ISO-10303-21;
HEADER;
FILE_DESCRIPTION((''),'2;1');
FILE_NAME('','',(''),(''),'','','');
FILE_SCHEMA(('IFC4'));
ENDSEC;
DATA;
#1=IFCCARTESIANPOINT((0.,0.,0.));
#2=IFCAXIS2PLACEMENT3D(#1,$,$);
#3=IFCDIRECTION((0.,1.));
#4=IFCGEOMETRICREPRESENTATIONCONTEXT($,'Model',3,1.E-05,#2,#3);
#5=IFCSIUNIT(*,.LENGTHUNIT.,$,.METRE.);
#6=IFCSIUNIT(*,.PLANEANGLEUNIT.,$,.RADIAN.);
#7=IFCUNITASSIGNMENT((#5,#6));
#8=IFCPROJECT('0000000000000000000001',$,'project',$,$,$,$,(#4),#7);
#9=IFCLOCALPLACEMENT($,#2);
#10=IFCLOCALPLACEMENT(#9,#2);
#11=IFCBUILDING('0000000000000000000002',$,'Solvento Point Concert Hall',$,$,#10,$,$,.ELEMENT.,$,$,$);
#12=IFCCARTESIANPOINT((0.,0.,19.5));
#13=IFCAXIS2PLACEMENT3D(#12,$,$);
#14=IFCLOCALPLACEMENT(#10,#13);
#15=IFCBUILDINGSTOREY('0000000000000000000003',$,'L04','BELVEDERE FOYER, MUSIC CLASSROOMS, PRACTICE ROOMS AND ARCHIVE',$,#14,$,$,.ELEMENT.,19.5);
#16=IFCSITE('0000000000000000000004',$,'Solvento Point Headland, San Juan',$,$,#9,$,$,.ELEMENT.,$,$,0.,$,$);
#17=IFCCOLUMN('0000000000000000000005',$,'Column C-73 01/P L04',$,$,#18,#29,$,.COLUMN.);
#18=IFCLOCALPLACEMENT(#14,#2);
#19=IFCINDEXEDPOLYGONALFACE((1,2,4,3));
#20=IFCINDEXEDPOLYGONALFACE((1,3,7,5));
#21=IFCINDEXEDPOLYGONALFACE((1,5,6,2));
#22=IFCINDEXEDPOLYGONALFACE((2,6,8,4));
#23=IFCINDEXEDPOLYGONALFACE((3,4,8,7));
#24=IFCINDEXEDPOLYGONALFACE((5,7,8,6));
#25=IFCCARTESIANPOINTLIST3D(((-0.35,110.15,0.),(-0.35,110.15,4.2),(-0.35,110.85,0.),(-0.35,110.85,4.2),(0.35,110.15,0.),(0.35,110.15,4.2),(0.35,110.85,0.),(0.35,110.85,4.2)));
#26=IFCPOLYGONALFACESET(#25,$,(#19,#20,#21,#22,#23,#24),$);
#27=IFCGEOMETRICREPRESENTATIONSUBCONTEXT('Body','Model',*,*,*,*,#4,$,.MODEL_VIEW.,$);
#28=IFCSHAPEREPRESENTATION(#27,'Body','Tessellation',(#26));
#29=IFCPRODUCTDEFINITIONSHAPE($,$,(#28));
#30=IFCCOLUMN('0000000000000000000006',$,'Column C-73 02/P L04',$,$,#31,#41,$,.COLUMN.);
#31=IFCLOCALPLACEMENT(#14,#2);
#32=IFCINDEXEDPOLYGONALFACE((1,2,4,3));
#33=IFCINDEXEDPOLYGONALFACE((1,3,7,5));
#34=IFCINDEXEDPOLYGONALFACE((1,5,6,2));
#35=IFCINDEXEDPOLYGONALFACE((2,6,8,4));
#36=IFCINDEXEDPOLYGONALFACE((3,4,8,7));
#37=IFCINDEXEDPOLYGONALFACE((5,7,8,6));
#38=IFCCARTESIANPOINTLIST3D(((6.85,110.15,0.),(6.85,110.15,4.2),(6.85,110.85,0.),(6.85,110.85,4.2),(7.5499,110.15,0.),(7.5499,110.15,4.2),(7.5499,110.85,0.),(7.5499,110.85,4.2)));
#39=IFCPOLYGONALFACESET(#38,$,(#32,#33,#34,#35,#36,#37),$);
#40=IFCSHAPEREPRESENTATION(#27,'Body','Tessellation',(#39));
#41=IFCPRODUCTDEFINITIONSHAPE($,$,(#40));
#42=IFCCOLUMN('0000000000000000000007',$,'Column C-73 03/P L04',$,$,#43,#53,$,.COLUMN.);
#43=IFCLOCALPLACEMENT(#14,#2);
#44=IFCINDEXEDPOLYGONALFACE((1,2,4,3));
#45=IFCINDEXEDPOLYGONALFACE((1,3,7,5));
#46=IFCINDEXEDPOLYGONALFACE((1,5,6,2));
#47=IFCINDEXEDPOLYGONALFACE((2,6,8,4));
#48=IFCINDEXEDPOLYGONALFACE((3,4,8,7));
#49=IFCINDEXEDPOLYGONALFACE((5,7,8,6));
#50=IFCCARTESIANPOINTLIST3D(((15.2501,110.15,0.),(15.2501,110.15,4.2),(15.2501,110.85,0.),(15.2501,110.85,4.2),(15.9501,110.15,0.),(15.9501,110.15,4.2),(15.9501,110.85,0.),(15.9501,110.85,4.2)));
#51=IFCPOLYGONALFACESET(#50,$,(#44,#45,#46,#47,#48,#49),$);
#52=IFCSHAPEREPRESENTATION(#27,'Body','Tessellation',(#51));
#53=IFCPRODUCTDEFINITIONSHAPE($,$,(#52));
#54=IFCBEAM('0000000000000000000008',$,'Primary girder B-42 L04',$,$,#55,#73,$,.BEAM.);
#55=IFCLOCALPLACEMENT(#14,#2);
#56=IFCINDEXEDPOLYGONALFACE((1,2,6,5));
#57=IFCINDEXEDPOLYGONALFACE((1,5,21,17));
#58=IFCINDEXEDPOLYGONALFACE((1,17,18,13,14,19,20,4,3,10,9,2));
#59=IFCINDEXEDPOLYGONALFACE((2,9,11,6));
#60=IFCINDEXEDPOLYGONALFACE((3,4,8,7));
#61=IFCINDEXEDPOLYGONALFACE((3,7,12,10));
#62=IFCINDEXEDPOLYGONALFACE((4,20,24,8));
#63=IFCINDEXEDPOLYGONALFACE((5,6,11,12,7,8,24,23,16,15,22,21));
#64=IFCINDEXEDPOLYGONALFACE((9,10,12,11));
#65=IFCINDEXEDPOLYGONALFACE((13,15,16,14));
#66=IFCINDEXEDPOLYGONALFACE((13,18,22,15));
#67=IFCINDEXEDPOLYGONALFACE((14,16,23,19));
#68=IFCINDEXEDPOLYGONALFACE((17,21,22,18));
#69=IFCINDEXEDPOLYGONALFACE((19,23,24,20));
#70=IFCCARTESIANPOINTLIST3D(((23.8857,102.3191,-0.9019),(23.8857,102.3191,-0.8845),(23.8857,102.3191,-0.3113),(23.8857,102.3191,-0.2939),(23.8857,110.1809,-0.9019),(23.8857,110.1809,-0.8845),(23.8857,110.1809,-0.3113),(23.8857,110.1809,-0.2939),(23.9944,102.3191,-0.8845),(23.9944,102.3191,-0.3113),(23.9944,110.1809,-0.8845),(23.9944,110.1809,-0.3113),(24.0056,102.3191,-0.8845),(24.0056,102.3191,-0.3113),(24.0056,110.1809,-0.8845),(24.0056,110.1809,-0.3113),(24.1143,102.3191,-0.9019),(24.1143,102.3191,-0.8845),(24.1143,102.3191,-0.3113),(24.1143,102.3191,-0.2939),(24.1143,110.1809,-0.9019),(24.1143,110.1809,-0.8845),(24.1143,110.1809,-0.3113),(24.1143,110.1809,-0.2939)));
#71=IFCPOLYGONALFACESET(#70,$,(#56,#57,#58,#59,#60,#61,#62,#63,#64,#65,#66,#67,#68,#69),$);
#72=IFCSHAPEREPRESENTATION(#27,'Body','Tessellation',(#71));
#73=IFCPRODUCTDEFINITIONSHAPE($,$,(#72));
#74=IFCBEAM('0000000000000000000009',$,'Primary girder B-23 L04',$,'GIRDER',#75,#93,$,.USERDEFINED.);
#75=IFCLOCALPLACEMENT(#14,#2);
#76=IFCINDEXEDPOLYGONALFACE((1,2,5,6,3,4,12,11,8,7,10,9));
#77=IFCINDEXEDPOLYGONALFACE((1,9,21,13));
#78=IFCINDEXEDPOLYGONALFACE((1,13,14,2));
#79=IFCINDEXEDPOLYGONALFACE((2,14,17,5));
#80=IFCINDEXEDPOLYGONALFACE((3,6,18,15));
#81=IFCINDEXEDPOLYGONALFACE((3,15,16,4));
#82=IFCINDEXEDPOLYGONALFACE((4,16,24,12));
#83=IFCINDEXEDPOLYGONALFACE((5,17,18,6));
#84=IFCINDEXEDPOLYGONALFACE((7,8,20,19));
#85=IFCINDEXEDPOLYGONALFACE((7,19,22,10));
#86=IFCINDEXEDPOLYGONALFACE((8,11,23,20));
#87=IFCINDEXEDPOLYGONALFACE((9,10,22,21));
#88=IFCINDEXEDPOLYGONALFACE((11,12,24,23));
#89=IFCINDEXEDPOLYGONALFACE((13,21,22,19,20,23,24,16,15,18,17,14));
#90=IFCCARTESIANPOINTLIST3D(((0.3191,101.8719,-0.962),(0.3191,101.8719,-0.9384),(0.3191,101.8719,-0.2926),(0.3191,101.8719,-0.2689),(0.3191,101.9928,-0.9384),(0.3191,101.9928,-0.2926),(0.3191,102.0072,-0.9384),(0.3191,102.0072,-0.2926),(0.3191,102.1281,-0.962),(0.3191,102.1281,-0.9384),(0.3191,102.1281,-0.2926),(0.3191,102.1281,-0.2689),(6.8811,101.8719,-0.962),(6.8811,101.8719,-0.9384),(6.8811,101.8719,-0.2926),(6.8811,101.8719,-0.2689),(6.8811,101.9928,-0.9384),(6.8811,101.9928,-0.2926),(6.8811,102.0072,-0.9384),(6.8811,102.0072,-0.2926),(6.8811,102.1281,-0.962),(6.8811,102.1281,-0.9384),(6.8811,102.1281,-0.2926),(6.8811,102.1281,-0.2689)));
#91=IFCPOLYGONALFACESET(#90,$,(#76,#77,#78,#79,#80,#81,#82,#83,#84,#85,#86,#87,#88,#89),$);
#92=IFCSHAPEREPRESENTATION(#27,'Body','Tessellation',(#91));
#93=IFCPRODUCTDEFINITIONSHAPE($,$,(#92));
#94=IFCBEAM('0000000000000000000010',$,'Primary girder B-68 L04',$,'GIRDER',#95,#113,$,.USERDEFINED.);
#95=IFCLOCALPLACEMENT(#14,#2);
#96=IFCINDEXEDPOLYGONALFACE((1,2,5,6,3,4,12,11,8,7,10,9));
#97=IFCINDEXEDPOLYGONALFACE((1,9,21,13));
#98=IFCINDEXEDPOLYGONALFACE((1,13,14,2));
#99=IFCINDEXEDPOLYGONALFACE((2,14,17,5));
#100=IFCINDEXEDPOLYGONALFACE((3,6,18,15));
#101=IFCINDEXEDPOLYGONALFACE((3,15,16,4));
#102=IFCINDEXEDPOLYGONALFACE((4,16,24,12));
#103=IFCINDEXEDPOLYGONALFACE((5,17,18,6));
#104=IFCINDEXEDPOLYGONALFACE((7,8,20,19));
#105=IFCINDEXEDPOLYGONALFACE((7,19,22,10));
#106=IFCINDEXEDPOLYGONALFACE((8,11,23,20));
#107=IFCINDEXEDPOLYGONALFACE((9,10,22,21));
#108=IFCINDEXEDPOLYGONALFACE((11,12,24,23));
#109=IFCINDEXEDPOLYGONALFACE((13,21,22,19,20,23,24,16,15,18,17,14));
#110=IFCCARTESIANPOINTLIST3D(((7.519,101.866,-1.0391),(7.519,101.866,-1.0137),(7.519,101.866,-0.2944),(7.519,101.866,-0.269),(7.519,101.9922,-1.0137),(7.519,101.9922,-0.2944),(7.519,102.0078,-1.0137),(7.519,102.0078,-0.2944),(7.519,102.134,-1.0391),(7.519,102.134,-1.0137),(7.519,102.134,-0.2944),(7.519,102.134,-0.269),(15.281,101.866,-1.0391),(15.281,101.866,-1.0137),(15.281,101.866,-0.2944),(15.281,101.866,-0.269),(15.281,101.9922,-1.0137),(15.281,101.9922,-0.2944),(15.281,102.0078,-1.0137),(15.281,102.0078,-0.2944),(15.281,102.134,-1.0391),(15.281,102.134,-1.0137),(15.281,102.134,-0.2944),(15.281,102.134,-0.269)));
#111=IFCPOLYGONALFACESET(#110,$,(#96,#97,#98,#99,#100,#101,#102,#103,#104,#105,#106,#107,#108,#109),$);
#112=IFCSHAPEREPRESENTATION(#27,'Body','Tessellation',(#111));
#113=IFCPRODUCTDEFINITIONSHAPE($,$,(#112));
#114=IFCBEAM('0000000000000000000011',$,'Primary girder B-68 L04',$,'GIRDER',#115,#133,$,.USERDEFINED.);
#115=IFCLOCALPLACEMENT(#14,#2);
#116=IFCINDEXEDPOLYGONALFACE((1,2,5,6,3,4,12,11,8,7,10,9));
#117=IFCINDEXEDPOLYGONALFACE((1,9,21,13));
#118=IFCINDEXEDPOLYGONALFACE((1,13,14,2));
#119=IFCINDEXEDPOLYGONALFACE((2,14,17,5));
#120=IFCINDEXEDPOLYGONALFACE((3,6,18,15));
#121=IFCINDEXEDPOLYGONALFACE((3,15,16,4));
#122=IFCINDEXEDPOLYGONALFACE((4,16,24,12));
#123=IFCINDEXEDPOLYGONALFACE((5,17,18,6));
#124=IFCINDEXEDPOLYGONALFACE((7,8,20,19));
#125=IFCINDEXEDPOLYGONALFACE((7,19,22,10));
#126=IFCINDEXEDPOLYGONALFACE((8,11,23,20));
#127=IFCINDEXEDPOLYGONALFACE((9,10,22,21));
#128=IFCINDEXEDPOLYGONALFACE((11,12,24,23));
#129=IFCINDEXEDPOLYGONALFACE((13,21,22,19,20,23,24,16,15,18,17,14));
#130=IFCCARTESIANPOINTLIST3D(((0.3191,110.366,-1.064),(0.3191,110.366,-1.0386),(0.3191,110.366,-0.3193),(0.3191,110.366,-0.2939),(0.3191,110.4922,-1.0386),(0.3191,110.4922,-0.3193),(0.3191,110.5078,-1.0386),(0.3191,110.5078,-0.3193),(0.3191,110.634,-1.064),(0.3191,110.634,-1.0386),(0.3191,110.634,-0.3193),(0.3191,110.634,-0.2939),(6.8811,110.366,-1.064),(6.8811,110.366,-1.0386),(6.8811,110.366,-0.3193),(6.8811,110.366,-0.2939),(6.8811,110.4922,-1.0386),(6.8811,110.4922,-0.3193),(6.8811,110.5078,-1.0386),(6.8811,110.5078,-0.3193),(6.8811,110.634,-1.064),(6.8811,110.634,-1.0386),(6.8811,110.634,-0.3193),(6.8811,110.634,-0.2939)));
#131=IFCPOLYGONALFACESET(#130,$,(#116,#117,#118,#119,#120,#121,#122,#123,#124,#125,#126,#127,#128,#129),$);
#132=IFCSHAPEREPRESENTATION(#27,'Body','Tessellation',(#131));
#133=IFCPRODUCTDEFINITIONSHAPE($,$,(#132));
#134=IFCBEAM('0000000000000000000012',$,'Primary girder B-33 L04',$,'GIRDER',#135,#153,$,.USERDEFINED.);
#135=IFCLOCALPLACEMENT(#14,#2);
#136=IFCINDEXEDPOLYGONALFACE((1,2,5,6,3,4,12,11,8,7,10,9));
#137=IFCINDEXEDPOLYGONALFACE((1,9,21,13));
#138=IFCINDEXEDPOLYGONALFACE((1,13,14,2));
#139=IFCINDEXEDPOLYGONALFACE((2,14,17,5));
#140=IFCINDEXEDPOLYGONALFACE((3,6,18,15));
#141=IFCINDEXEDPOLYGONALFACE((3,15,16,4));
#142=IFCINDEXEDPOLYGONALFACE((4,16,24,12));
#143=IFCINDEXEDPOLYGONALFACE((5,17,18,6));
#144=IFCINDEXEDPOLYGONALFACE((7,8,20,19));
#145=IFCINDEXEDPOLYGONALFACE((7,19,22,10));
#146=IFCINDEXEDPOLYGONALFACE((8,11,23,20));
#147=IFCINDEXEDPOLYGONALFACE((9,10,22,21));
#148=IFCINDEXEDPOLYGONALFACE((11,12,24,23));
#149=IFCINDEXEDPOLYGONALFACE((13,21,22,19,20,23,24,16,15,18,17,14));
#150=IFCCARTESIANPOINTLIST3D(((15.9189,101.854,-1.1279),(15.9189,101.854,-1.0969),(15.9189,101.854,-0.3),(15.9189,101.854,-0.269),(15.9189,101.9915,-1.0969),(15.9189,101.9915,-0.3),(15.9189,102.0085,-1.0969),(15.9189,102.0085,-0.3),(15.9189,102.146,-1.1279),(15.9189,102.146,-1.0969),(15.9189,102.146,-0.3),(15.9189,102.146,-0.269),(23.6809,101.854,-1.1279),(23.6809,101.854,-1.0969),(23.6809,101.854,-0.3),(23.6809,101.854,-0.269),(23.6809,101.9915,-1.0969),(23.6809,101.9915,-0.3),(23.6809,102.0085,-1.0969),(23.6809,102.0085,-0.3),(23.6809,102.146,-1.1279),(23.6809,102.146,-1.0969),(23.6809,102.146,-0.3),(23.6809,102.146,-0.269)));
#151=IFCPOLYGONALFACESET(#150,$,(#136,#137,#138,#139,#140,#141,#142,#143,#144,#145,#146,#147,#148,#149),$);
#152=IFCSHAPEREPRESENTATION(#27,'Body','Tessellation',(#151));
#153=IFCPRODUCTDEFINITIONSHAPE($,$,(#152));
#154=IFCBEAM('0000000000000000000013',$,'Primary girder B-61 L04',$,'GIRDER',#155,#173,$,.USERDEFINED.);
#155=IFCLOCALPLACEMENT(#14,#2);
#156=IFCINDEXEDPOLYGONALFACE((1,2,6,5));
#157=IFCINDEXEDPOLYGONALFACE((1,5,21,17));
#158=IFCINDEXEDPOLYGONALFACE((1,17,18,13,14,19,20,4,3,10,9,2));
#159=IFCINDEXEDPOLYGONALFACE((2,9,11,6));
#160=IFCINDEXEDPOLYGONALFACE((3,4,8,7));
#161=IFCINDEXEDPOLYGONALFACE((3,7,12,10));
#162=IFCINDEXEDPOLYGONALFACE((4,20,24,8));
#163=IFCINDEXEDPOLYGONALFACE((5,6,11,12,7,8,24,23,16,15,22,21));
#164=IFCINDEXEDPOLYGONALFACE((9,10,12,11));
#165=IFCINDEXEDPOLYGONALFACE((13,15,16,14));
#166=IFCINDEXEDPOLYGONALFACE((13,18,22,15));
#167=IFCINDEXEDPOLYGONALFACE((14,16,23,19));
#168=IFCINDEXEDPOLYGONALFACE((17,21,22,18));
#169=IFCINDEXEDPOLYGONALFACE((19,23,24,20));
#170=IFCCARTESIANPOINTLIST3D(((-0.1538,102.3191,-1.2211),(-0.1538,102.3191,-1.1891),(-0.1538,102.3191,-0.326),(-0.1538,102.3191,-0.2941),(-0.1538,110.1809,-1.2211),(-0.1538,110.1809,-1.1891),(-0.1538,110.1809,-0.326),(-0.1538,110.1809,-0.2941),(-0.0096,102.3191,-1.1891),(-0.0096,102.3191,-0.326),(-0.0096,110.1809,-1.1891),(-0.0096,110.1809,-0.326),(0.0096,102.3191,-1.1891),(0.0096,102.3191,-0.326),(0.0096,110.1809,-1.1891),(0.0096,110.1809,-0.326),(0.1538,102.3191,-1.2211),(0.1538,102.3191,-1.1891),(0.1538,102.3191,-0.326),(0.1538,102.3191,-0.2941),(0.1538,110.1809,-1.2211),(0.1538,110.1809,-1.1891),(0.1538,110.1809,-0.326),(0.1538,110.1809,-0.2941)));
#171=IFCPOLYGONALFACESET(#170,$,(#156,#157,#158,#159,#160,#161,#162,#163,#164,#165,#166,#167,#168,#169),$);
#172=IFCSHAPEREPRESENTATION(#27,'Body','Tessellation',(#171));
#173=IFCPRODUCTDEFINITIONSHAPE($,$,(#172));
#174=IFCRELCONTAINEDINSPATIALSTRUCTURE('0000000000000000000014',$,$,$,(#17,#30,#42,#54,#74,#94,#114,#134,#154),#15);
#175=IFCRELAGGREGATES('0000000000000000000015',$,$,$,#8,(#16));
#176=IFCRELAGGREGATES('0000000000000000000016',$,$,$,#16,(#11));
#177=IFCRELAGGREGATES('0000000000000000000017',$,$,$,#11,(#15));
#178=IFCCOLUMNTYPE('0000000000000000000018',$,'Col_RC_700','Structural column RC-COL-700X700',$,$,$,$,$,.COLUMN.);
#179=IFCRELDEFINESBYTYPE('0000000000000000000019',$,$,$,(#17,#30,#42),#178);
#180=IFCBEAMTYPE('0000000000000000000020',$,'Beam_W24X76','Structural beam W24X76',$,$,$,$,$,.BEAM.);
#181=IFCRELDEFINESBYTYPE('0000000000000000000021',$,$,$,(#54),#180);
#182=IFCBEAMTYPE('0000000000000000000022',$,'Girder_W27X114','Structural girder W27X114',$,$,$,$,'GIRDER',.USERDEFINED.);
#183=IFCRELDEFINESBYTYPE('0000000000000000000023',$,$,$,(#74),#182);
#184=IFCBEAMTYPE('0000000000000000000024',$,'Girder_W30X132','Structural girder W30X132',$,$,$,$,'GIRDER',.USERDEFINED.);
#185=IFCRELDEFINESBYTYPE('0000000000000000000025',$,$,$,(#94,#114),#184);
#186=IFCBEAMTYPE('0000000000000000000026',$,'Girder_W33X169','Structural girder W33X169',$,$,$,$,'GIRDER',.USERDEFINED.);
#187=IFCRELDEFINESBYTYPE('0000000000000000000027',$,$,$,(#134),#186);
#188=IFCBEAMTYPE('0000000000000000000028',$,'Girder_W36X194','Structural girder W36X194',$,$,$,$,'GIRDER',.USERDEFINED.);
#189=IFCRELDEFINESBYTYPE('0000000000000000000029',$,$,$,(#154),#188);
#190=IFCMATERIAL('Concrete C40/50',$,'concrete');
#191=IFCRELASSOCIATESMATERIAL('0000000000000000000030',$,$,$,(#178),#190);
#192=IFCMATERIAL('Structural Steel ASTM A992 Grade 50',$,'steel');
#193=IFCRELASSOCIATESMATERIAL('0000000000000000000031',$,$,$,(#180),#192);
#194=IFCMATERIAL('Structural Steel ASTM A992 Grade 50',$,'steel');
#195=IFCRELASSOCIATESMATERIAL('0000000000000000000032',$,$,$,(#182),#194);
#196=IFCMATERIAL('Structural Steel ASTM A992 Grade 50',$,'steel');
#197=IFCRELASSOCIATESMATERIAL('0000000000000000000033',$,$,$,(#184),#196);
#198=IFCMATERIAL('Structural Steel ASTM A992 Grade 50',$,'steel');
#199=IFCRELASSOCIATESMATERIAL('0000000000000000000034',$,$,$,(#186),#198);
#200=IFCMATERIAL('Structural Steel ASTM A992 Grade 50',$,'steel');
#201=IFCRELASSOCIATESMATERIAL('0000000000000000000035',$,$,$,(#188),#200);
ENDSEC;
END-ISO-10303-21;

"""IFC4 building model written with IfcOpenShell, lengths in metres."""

from ifc_helpers import new_model, si_unit, direction, frame, origin, origin_2d, place, context, subcontext, project, spatial, rectangle, i_section, extrude, material, material_profile, profile_set, type_object, element, save


model = new_model("IFC4")

# Units and contexts
model_context = context("Model", 3, precision=1e-05, world=origin(), true_north=direction((0.0, 1.0)))
body_context = subcontext(model_context, "Body", "Model", "MODEL_VIEW")
ifc_project = project(units=[si_unit("LENGTHUNIT", "METRE"), si_unit("PLANEANGLEUNIT", "RADIAN")], contexts=[model_context])

# Site, building, storey
site_placement = place(None, origin())
site = spatial("IfcSite", under=ifc_project, at=site_placement, Name="Solvento Point Headland, San Juan", CompositionType="ELEMENT", RefElevation=0.0)
building_placement = place(site_placement, origin())
building = spatial("IfcBuilding", under=site, at=building_placement, Name="Solvento Point Concert Hall", CompositionType="ELEMENT")
storey_placement = place(building_placement, frame((0.0, 0.0, 19.5)))
storey = spatial("IfcBuildingStorey", under=building, at=storey_placement, Name="L04", Description="BELVEDERE FOYER, MUSIC CLASSROOMS, PRACTICE ROOMS AND ARCHIVE", CompositionType="ELEMENT", Elevation=19.5)

# Columns
ifc_material_1 = material(Name="Concrete C40/50", Category="concrete")
ifc_material_profile_1 = material_profile(ifc_material_1, rectangle(XDim=0.7, YDim=0.7, at=origin_2d()), Name="RC-COL-700X700")
ifc_profile_set_1 = profile_set([ifc_material_profile_1], Name="Concrete C40/50")
column_type = type_object("IfcColumnType", Name="Col_RC_700", Description="Structural column RC-COL-700X700", PredefinedType="COLUMN", material=ifc_profile_set_1)
for number, where, z_axis, x_axis, name in (
    (1, (0.0, 110.5, 0.0), (0.0, 0.0, 1.0), (1.0, 0.0, 0.0), "Column C-73 01/P L04"),
    (2, (7.2, 110.5, 0.0), (0.0, 0.0, 1.0), (1.0, 0.0, 0.0), "Column C-73 02/P L04"),
    (3, (15.6001, 110.5, 0.0), (0.0, 0.0, 1.0), (1.0, 0.0, 0.0), "Column C-73 03/P L04"),
):
    element("IfcColumn", number, at=place(storey_placement, frame(where, z_axis=z_axis, x_axis=x_axis)), inside=storey, type_object=column_type, Name=name, PredefinedType="COLUMN", context=body_context, shape_type="SweptSolid", body=[
        extrude(rectangle(XDim=0.7, YDim=0.7, at=origin_2d()), origin(), (0.0, 0.0, 1.0), 4.2),
    ])

# Beams
ifc_material_2 = material(Name="Structural Steel ASTM A992 Grade 50", Category="steel")
ifc_material_profile_2 = material_profile(ifc_material_2, i_section(OverallWidth=0.2285, OverallDepth=0.6079, WebThickness=0.0112, FlangeThickness=0.0173, at=origin_2d()), Name="W24X76")
ifc_profile_set_2 = profile_set([ifc_material_profile_2], Name="Structural Steel ASTM A992 Grade 50")
beam_type_1 = type_object("IfcBeamType", Name="Beam_W24X76", Description="Structural beam W24X76", PredefinedType="BEAM", material=ifc_profile_set_2)
beam_1_placement = place(storey_placement, frame((24.0, 102.3191, -0.5979), z_axis=(0.0, 1.0, 0.0), x_axis=(-1.0, 0.0, 0.0)))
element("IfcBeam", 4, at=beam_1_placement, inside=storey, type_object=beam_type_1, Name="Primary girder B-42 L04", PredefinedType="BEAM", context=body_context, shape_type="SweptSolid", body=[
    extrude(i_section(OverallWidth=0.2285, OverallDepth=0.6079, WebThickness=0.0112, FlangeThickness=0.0173, at=origin_2d()), origin(), (0.0, 0.0, 1.0), 7.8618),
])
ifc_material_3 = material(Name="Structural Steel ASTM A992 Grade 50", Category="steel")
ifc_material_profile_3 = material_profile(ifc_material_3, i_section(OverallWidth=0.2561, OverallDepth=0.6931, WebThickness=0.0144, FlangeThickness=0.0237, at=origin_2d()), Name="W27X114")
ifc_profile_set_3 = profile_set([ifc_material_profile_3], Name="Structural Steel ASTM A992 Grade 50")
beam_type_2 = type_object("IfcBeamType", Name="Girder_W27X114", Description="Structural girder W27X114", ElementType="GIRDER", PredefinedType="USERDEFINED", material=ifc_profile_set_3)
beam_2_placement = place(storey_placement, frame((0.3191, 102.0, -0.6155), z_axis=(1.0, 0.0, 0.0), x_axis=(0.0, 1.0, 0.0)))
element("IfcBeam", 5, at=beam_2_placement, inside=storey, type_object=beam_type_2, Name="Primary girder B-23 L04", ObjectType="GIRDER", PredefinedType="USERDEFINED", context=body_context, shape_type="SweptSolid", body=[
    extrude(i_section(OverallWidth=0.2561, OverallDepth=0.6931, WebThickness=0.0144, FlangeThickness=0.0237, at=origin_2d()), origin(), (0.0, 0.0, 1.0), 6.562),
])
ifc_material_4 = material(Name="Structural Steel ASTM A992 Grade 50", Category="steel")
ifc_material_profile_4 = material_profile(ifc_material_4, i_section(OverallWidth=0.2681, OverallDepth=0.77, WebThickness=0.0156, FlangeThickness=0.0254, at=origin_2d()), Name="W30X132")
ifc_profile_set_4 = profile_set([ifc_material_profile_4], Name="Structural Steel ASTM A992 Grade 50")
beam_type_3 = type_object("IfcBeamType", Name="Girder_W30X132", Description="Structural girder W30X132", ElementType="GIRDER", PredefinedType="USERDEFINED", material=ifc_profile_set_4)
beam_3_placement = place(storey_placement, frame((7.519, 102.0, -0.6541), z_axis=(1.0, 0.0, 0.0), x_axis=(0.0, 1.0, 0.0)))
element("IfcBeam", 6, at=beam_3_placement, inside=storey, type_object=beam_type_3, Name="Primary girder B-68 L04", ObjectType="GIRDER", PredefinedType="USERDEFINED", context=body_context, shape_type="SweptSolid", body=[
    extrude(i_section(OverallWidth=0.2681, OverallDepth=0.77, WebThickness=0.0156, FlangeThickness=0.0254, at=origin_2d()), origin(), (0.0, 0.0, 1.0), 7.762),
])
beam_4_placement = place(storey_placement, frame((0.3191, 110.5, -0.679), z_axis=(1.0, 0.0, 0.0), x_axis=(0.0, 1.0, 0.0)))
element("IfcBeam", 7, at=beam_4_placement, inside=storey, type_object=beam_type_3, Name="Primary girder B-68 L04", ObjectType="GIRDER", PredefinedType="USERDEFINED", context=body_context, shape_type="SweptSolid", body=[
    extrude(i_section(OverallWidth=0.2681, OverallDepth=0.77, WebThickness=0.0156, FlangeThickness=0.0254, at=origin_2d()), origin(), (0.0, 0.0, 1.0), 6.562),
])
ifc_material_5 = material(Name="Structural Steel ASTM A992 Grade 50", Category="steel")
ifc_material_profile_5 = material_profile(ifc_material_5, i_section(OverallWidth=0.292, OverallDepth=0.8589, WebThickness=0.0171, FlangeThickness=0.031, at=origin_2d()), Name="W33X169")
ifc_profile_set_5 = profile_set([ifc_material_profile_5], Name="Structural Steel ASTM A992 Grade 50")
beam_type_4 = type_object("IfcBeamType", Name="Girder_W33X169", Description="Structural girder W33X169", ElementType="GIRDER", PredefinedType="USERDEFINED", material=ifc_profile_set_5)
beam_5_placement = place(storey_placement, frame((15.9189, 102.0, -0.6985), z_axis=(1.0, 0.0, 0.0), x_axis=(0.0, 1.0, 0.0)))
element("IfcBeam", 8, at=beam_5_placement, inside=storey, type_object=beam_type_4, Name="Primary girder B-33 L04", ObjectType="GIRDER", PredefinedType="USERDEFINED", context=body_context, shape_type="SweptSolid", body=[
    extrude(i_section(OverallWidth=0.292, OverallDepth=0.8589, WebThickness=0.0171, FlangeThickness=0.031, at=origin_2d()), origin(), (0.0, 0.0, 1.0), 7.762),
])
ifc_material_6 = material(Name="Structural Steel ASTM A992 Grade 50", Category="steel")
ifc_material_profile_6 = material_profile(ifc_material_6, i_section(OverallWidth=0.3076, OverallDepth=0.927, WebThickness=0.0193, FlangeThickness=0.032, at=origin_2d()), Name="W36X194")
ifc_profile_set_6 = profile_set([ifc_material_profile_6], Name="Structural Steel ASTM A992 Grade 50")
beam_type_5 = type_object("IfcBeamType", Name="Girder_W36X194", Description="Structural girder W36X194", ElementType="GIRDER", PredefinedType="USERDEFINED", material=ifc_profile_set_6)
beam_6_placement = place(storey_placement, frame((0.0, 102.3191, -0.7576), z_axis=(0.0, 1.0, 0.0), x_axis=(-1.0, 0.0, 0.0)))
element("IfcBeam", 9, at=beam_6_placement, inside=storey, type_object=beam_type_5, Name="Primary girder B-61 L04", ObjectType="GIRDER", PredefinedType="USERDEFINED", context=body_context, shape_type="SweptSolid", body=[
    extrude(i_section(OverallWidth=0.3076, OverallDepth=0.927, WebThickness=0.0193, FlangeThickness=0.032, at=origin_2d()), origin(), (0.0, 0.0, 1.0), 7.8618),
])

save(model, "model.ifc")
